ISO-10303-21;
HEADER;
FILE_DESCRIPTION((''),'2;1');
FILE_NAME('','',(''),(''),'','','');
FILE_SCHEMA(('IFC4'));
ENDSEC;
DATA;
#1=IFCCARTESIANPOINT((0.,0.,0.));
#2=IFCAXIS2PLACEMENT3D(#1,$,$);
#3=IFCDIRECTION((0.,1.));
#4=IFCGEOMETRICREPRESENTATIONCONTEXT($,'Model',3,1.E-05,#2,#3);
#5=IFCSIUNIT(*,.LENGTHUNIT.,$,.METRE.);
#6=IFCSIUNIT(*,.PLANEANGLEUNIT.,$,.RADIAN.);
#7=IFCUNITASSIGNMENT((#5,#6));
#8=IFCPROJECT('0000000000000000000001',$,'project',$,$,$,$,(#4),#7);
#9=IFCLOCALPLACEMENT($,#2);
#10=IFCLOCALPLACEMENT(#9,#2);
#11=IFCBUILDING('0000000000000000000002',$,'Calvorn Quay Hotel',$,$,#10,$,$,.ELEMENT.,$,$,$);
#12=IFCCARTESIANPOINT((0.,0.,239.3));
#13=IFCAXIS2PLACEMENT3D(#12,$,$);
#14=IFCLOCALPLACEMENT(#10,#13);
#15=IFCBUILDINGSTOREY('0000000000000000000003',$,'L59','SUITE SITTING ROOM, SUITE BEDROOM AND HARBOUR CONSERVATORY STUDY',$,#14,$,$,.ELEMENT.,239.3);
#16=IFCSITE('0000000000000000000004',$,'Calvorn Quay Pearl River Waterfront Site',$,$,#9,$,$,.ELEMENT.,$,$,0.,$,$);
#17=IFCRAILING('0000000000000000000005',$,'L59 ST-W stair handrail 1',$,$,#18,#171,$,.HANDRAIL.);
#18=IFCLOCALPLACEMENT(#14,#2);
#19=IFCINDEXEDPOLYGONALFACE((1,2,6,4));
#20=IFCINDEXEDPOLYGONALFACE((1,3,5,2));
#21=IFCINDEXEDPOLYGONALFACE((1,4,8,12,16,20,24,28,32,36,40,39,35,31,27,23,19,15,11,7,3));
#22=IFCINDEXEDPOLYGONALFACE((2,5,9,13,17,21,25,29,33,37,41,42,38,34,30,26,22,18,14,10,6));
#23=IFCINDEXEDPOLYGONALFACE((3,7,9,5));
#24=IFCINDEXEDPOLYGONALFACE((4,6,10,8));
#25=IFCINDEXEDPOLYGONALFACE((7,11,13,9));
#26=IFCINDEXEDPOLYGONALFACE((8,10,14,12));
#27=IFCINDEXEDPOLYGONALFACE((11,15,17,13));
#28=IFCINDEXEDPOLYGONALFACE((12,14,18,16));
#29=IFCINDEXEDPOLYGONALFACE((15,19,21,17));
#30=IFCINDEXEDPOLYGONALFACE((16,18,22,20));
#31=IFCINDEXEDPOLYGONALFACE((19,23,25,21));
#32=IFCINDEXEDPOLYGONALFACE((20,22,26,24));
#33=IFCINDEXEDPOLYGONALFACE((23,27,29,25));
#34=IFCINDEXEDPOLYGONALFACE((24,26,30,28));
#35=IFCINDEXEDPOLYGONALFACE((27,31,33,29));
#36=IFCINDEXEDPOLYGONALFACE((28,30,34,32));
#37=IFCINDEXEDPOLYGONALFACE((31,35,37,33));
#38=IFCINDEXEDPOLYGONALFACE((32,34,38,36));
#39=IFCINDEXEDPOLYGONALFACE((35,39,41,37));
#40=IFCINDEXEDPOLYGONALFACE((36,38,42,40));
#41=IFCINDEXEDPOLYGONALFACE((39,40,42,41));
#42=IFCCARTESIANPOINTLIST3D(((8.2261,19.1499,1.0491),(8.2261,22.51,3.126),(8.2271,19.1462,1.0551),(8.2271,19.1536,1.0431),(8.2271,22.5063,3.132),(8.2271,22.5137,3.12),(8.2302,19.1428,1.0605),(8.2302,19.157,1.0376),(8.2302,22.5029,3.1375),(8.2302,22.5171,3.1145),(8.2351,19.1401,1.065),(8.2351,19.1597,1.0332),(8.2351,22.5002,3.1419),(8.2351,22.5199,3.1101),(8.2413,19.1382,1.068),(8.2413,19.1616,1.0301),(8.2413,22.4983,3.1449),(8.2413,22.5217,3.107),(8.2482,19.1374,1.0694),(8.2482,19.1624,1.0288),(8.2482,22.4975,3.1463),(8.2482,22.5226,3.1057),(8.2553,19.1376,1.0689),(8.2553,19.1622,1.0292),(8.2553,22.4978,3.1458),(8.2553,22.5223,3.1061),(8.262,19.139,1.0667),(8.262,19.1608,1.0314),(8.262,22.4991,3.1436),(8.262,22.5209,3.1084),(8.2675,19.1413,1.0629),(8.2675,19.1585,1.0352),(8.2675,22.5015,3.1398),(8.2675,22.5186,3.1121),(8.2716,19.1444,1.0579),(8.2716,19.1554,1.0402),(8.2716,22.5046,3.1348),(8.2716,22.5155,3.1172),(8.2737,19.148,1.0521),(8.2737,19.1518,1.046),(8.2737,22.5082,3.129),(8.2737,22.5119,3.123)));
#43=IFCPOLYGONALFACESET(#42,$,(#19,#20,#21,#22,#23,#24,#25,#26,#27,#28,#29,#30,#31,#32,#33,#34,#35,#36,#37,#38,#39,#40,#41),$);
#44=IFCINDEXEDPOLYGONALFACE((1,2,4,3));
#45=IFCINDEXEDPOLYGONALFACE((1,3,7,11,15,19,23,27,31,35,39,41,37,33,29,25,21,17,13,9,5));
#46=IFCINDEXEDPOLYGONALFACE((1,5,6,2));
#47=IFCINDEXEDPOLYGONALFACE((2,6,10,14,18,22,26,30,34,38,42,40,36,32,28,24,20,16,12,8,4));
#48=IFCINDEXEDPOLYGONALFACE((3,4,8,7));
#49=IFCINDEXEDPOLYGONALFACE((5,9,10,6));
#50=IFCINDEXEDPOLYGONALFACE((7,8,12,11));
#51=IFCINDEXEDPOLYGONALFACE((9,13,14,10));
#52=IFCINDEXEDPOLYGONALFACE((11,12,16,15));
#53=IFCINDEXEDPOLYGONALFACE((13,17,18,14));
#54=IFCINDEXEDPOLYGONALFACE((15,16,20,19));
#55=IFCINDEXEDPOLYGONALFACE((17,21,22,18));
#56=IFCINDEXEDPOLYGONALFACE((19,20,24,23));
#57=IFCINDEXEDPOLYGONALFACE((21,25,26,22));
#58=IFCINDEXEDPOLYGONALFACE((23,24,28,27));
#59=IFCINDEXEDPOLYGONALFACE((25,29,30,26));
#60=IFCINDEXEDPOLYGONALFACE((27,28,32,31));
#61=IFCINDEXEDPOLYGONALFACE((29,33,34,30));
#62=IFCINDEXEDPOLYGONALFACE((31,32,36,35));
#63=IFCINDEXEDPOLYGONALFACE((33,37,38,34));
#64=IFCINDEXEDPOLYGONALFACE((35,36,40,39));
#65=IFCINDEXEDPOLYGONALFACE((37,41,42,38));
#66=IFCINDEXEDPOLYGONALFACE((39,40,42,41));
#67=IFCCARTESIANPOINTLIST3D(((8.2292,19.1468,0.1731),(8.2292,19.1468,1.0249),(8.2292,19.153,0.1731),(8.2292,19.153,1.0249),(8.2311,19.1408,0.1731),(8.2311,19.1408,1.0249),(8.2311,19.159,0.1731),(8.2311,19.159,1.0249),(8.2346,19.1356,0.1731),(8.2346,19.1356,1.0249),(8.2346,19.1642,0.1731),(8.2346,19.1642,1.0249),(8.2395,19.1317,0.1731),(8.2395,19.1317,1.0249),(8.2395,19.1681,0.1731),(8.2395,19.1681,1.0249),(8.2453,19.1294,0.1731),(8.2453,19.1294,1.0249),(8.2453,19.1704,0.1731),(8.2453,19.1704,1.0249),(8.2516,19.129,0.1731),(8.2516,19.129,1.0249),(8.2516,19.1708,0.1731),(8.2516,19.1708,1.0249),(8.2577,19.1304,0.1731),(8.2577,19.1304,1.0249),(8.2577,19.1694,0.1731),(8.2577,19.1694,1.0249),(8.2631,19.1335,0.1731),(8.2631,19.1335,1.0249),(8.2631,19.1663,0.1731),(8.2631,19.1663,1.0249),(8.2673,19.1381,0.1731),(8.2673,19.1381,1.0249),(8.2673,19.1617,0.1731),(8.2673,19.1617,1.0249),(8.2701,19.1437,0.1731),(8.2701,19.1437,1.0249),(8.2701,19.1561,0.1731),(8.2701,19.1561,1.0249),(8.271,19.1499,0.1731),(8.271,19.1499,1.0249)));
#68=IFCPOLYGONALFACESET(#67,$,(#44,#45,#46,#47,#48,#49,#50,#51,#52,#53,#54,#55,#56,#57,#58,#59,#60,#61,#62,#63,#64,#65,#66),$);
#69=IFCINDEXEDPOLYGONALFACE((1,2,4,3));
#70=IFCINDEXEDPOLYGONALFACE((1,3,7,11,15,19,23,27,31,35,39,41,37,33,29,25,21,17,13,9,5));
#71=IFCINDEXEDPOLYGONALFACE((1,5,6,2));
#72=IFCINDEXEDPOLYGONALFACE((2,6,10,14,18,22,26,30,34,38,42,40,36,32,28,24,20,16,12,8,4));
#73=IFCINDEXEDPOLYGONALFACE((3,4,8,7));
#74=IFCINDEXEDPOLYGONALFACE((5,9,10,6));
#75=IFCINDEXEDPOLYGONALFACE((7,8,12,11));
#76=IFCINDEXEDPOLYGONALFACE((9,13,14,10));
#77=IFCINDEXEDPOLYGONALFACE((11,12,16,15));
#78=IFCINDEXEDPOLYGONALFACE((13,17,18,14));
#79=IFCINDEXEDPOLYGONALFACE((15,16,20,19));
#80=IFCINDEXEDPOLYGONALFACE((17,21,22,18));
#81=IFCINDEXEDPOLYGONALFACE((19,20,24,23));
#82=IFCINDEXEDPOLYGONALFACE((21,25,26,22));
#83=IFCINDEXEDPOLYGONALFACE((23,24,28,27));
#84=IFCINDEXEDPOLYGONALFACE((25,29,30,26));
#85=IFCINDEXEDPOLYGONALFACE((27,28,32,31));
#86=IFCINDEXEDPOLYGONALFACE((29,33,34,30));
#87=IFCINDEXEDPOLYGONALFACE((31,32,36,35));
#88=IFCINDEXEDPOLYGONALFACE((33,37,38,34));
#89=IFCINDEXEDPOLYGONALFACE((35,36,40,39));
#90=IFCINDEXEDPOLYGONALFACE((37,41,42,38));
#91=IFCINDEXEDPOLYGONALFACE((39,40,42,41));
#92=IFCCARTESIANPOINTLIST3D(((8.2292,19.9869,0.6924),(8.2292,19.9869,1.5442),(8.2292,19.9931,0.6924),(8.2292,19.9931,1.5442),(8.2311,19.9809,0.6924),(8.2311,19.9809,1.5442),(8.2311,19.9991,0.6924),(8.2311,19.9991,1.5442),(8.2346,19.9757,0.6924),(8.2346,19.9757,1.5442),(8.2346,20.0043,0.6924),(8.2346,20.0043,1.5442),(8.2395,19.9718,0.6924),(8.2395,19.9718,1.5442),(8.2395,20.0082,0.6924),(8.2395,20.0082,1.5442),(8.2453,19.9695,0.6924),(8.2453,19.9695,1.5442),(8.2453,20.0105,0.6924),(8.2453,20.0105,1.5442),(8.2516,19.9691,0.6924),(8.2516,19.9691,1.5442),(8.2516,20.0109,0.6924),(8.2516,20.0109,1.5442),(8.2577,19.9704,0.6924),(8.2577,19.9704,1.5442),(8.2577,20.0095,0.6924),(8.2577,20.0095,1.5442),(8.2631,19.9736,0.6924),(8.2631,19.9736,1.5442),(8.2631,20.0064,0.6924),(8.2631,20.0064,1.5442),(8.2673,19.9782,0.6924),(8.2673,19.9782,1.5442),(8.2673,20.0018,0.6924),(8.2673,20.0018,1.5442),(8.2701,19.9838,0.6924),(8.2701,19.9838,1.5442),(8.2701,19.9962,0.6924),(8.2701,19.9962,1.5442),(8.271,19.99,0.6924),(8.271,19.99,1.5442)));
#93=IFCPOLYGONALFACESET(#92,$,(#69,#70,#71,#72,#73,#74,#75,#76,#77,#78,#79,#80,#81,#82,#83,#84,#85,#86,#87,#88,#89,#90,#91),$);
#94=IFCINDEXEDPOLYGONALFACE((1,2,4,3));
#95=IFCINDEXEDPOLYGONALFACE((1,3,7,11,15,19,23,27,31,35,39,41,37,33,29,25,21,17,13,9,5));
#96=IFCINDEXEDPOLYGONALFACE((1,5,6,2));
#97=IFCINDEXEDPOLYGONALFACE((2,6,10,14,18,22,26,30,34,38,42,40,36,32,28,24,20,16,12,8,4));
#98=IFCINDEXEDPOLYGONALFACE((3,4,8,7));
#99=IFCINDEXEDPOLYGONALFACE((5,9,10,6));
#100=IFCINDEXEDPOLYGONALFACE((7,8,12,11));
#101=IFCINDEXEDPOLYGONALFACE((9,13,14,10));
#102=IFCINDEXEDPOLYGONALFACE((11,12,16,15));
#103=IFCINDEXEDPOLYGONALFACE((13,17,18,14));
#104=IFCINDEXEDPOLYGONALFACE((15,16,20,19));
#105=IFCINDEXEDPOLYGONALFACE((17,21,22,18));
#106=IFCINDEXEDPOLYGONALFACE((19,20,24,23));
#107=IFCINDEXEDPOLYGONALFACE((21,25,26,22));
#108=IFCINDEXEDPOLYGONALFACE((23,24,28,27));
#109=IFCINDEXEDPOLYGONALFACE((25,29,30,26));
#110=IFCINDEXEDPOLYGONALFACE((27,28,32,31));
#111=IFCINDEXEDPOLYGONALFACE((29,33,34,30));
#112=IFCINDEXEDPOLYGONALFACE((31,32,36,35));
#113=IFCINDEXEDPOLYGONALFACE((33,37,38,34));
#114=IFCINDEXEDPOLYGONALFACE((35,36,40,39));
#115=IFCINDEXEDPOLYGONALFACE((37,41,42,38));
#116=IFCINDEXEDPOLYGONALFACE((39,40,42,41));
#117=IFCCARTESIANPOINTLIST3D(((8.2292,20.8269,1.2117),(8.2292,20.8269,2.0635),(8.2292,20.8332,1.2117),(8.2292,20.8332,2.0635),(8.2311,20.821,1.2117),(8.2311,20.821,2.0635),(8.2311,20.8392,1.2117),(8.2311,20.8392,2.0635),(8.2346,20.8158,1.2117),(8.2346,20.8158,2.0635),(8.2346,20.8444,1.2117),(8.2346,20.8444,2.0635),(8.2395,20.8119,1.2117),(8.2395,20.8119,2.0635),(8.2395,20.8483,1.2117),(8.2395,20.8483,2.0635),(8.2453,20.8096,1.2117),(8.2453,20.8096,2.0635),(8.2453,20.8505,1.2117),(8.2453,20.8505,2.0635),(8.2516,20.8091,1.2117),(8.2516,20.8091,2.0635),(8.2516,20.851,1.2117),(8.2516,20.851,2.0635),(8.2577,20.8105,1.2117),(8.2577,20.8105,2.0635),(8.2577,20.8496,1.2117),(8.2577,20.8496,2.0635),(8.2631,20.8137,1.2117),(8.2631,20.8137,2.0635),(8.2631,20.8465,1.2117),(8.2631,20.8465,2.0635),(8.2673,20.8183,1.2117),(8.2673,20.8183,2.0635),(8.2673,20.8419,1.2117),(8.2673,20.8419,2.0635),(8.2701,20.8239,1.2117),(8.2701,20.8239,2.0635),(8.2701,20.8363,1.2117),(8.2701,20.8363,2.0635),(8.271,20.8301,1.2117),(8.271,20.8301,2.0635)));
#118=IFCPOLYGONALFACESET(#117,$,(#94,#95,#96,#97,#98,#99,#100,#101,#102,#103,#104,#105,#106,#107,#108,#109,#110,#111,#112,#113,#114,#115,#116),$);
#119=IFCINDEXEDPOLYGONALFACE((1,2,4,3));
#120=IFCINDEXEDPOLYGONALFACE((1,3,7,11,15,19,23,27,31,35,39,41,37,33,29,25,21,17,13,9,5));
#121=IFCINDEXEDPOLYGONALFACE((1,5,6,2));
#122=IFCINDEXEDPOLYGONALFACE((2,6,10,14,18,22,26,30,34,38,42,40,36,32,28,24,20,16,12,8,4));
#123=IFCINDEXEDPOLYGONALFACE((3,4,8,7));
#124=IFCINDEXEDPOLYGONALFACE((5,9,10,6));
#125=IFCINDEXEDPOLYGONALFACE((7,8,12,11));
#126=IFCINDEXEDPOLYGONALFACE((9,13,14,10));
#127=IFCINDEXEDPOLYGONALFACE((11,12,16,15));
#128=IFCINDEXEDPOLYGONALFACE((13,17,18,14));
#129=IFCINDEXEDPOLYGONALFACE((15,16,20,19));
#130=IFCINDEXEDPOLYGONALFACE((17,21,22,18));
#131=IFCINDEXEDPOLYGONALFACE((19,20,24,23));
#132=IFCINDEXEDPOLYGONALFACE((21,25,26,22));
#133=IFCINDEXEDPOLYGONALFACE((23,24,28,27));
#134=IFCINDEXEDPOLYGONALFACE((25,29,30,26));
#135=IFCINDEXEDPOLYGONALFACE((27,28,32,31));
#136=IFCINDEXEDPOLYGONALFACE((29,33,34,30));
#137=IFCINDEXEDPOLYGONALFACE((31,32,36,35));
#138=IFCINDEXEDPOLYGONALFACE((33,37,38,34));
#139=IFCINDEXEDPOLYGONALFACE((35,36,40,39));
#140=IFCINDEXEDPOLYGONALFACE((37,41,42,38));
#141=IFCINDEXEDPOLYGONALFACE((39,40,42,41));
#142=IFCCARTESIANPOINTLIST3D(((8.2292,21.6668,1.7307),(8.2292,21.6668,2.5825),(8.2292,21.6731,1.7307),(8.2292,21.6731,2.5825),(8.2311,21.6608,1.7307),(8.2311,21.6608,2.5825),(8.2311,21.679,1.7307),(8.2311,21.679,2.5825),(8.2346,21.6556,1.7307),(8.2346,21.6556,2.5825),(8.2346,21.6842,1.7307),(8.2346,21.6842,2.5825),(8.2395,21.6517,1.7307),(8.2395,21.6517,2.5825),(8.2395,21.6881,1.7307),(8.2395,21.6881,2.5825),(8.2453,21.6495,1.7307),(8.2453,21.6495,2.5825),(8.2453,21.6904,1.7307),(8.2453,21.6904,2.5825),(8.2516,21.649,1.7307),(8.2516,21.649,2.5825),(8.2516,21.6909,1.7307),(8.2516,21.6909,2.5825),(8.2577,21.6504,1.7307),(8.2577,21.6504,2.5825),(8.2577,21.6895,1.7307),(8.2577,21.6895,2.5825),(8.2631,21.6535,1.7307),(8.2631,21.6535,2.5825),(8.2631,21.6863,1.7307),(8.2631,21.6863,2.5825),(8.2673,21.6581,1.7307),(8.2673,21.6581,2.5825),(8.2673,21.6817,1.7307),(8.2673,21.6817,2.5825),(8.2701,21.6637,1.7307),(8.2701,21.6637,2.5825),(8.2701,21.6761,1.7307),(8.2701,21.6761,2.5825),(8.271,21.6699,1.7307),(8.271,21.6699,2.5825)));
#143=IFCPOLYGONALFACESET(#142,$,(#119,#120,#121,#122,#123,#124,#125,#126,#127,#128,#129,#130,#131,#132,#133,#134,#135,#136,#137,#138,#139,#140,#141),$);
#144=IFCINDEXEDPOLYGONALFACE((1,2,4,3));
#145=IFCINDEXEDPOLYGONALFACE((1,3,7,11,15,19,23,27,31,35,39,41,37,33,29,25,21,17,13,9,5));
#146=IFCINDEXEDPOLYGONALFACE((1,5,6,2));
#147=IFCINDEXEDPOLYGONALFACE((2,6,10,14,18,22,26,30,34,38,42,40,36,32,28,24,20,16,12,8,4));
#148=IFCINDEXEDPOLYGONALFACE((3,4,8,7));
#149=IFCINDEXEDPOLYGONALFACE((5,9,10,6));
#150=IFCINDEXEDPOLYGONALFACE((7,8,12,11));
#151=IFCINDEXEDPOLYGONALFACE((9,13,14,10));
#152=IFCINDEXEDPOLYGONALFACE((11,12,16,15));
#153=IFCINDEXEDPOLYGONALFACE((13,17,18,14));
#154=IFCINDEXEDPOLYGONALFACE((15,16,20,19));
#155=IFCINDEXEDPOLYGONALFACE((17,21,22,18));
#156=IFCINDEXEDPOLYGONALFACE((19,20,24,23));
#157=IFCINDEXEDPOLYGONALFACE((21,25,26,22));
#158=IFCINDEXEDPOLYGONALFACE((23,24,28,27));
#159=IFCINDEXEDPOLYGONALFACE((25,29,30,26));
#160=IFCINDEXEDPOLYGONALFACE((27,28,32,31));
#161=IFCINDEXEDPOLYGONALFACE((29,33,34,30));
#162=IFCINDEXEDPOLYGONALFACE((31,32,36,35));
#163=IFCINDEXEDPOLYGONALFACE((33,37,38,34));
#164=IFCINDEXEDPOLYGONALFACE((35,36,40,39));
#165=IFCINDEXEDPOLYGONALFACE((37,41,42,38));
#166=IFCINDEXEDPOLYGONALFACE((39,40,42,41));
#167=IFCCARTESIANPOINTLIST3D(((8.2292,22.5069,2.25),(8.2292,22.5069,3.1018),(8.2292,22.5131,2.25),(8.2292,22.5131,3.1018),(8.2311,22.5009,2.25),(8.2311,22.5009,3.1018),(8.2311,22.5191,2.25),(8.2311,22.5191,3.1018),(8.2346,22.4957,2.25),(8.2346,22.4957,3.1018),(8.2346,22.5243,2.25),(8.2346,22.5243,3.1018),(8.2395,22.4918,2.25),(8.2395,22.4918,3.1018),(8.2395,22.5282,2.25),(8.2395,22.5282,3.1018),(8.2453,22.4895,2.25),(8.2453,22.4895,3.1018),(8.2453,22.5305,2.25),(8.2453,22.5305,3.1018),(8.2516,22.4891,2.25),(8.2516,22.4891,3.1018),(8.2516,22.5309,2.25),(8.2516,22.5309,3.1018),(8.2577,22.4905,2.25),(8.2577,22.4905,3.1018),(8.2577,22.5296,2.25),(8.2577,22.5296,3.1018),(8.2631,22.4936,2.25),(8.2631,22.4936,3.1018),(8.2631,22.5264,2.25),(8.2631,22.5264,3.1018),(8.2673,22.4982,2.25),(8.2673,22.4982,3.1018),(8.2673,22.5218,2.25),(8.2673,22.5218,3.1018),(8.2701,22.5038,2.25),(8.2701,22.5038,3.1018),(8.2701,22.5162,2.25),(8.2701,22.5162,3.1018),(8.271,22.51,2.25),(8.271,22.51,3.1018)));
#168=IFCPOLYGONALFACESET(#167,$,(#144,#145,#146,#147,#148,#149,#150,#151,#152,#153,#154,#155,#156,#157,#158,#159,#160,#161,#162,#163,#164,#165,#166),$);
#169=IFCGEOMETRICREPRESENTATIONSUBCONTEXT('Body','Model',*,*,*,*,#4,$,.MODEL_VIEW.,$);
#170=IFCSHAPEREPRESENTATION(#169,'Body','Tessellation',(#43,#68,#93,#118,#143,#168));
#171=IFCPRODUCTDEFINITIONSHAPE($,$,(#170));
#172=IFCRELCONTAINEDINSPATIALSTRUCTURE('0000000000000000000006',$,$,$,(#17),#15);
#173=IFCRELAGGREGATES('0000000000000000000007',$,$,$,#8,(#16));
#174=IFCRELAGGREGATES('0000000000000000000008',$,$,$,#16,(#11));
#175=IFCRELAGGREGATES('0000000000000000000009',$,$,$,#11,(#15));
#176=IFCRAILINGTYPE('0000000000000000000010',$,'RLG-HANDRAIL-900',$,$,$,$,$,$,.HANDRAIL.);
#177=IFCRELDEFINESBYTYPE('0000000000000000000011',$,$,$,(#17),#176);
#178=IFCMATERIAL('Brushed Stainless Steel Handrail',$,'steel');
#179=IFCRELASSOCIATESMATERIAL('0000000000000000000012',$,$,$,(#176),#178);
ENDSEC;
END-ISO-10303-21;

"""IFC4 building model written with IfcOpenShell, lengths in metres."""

from ifc_helpers import new_model, si_unit, direction, frame, origin, origin_2d, place, context, subcontext, project, spatial, circle, extrude, material, type_object, element, save


model = new_model("IFC4")

# Units and contexts
model_context = context("Model", 3, precision=1e-05, world=origin(), true_north=direction((0.0, 1.0)))
body_context = subcontext(model_context, "Body", "Model", "MODEL_VIEW")
ifc_project = project(units=[si_unit("LENGTHUNIT", "METRE"), si_unit("PLANEANGLEUNIT", "RADIAN")], contexts=[model_context])

# Site, building, storey
site_placement = place(None, origin())
site = spatial("IfcSite", under=ifc_project, at=site_placement, Name="Calvorn Quay Pearl River Waterfront Site", CompositionType="ELEMENT", RefElevation=0.0)
building_placement = place(site_placement, origin())
building = spatial("IfcBuilding", under=site, at=building_placement, Name="Calvorn Quay Hotel", CompositionType="ELEMENT")
storey_placement = place(building_placement, frame((0.0, 0.0, 239.3)))
storey = spatial("IfcBuildingStorey", under=building, at=storey_placement, Name="L59", Description="SUITE SITTING ROOM, SUITE BEDROOM AND HARBOUR CONSERVATORY STUDY", CompositionType="ELEMENT", Elevation=239.3)

# Railing
ifc_material_1 = material(Name="Brushed Stainless Steel Handrail", Category="steel")
railing_type_1 = type_object("IfcRailingType", Name="RLG-HANDRAIL-900", PredefinedType="HANDRAIL", material=ifc_material_1)
railing_1_placement = place(storey_placement, frame((8.25, 19.1499, 0.1731)))
element("IfcRailing", 1, at=railing_1_placement, inside=storey, type_object=railing_type_1, Name="L59 ST-W stair handrail 1", PredefinedType="HANDRAIL", context=body_context, shape_type="SweptSolid", body=[
    extrude(circle(Radius=0.0239, at=origin_2d()), frame((0.0, 0.0, 0.876), z_axis=(0.0, 0.850623, 0.525776), x_axis=(-1.0, 0.0, 0.0)), (0.0, 0.0, 1.0), 3.9502),
    extrude(circle(Radius=0.021, at=origin_2d()), origin(), (0.0, 0.0, 1.0), 0.8518),
    extrude(circle(Radius=0.021, at=origin_2d()), frame((0.0, 0.8401, 0.5193)), (0.0, 0.0, 1.0), 0.8518),
    extrude(circle(Radius=0.021, at=origin_2d()), frame((0.0, 1.6802, 1.0386)), (0.0, 0.0, 1.0), 0.8518),
    extrude(circle(Radius=0.021, at=origin_2d()), frame((0.0, 2.52, 1.5576)), (0.0, 0.0, 1.0), 0.8518),
    extrude(circle(Radius=0.021, at=origin_2d()), frame((0.0, 3.3601, 2.0769)), (0.0, 0.0, 1.0), 0.8518),
])

save(model, "model.ifc")
